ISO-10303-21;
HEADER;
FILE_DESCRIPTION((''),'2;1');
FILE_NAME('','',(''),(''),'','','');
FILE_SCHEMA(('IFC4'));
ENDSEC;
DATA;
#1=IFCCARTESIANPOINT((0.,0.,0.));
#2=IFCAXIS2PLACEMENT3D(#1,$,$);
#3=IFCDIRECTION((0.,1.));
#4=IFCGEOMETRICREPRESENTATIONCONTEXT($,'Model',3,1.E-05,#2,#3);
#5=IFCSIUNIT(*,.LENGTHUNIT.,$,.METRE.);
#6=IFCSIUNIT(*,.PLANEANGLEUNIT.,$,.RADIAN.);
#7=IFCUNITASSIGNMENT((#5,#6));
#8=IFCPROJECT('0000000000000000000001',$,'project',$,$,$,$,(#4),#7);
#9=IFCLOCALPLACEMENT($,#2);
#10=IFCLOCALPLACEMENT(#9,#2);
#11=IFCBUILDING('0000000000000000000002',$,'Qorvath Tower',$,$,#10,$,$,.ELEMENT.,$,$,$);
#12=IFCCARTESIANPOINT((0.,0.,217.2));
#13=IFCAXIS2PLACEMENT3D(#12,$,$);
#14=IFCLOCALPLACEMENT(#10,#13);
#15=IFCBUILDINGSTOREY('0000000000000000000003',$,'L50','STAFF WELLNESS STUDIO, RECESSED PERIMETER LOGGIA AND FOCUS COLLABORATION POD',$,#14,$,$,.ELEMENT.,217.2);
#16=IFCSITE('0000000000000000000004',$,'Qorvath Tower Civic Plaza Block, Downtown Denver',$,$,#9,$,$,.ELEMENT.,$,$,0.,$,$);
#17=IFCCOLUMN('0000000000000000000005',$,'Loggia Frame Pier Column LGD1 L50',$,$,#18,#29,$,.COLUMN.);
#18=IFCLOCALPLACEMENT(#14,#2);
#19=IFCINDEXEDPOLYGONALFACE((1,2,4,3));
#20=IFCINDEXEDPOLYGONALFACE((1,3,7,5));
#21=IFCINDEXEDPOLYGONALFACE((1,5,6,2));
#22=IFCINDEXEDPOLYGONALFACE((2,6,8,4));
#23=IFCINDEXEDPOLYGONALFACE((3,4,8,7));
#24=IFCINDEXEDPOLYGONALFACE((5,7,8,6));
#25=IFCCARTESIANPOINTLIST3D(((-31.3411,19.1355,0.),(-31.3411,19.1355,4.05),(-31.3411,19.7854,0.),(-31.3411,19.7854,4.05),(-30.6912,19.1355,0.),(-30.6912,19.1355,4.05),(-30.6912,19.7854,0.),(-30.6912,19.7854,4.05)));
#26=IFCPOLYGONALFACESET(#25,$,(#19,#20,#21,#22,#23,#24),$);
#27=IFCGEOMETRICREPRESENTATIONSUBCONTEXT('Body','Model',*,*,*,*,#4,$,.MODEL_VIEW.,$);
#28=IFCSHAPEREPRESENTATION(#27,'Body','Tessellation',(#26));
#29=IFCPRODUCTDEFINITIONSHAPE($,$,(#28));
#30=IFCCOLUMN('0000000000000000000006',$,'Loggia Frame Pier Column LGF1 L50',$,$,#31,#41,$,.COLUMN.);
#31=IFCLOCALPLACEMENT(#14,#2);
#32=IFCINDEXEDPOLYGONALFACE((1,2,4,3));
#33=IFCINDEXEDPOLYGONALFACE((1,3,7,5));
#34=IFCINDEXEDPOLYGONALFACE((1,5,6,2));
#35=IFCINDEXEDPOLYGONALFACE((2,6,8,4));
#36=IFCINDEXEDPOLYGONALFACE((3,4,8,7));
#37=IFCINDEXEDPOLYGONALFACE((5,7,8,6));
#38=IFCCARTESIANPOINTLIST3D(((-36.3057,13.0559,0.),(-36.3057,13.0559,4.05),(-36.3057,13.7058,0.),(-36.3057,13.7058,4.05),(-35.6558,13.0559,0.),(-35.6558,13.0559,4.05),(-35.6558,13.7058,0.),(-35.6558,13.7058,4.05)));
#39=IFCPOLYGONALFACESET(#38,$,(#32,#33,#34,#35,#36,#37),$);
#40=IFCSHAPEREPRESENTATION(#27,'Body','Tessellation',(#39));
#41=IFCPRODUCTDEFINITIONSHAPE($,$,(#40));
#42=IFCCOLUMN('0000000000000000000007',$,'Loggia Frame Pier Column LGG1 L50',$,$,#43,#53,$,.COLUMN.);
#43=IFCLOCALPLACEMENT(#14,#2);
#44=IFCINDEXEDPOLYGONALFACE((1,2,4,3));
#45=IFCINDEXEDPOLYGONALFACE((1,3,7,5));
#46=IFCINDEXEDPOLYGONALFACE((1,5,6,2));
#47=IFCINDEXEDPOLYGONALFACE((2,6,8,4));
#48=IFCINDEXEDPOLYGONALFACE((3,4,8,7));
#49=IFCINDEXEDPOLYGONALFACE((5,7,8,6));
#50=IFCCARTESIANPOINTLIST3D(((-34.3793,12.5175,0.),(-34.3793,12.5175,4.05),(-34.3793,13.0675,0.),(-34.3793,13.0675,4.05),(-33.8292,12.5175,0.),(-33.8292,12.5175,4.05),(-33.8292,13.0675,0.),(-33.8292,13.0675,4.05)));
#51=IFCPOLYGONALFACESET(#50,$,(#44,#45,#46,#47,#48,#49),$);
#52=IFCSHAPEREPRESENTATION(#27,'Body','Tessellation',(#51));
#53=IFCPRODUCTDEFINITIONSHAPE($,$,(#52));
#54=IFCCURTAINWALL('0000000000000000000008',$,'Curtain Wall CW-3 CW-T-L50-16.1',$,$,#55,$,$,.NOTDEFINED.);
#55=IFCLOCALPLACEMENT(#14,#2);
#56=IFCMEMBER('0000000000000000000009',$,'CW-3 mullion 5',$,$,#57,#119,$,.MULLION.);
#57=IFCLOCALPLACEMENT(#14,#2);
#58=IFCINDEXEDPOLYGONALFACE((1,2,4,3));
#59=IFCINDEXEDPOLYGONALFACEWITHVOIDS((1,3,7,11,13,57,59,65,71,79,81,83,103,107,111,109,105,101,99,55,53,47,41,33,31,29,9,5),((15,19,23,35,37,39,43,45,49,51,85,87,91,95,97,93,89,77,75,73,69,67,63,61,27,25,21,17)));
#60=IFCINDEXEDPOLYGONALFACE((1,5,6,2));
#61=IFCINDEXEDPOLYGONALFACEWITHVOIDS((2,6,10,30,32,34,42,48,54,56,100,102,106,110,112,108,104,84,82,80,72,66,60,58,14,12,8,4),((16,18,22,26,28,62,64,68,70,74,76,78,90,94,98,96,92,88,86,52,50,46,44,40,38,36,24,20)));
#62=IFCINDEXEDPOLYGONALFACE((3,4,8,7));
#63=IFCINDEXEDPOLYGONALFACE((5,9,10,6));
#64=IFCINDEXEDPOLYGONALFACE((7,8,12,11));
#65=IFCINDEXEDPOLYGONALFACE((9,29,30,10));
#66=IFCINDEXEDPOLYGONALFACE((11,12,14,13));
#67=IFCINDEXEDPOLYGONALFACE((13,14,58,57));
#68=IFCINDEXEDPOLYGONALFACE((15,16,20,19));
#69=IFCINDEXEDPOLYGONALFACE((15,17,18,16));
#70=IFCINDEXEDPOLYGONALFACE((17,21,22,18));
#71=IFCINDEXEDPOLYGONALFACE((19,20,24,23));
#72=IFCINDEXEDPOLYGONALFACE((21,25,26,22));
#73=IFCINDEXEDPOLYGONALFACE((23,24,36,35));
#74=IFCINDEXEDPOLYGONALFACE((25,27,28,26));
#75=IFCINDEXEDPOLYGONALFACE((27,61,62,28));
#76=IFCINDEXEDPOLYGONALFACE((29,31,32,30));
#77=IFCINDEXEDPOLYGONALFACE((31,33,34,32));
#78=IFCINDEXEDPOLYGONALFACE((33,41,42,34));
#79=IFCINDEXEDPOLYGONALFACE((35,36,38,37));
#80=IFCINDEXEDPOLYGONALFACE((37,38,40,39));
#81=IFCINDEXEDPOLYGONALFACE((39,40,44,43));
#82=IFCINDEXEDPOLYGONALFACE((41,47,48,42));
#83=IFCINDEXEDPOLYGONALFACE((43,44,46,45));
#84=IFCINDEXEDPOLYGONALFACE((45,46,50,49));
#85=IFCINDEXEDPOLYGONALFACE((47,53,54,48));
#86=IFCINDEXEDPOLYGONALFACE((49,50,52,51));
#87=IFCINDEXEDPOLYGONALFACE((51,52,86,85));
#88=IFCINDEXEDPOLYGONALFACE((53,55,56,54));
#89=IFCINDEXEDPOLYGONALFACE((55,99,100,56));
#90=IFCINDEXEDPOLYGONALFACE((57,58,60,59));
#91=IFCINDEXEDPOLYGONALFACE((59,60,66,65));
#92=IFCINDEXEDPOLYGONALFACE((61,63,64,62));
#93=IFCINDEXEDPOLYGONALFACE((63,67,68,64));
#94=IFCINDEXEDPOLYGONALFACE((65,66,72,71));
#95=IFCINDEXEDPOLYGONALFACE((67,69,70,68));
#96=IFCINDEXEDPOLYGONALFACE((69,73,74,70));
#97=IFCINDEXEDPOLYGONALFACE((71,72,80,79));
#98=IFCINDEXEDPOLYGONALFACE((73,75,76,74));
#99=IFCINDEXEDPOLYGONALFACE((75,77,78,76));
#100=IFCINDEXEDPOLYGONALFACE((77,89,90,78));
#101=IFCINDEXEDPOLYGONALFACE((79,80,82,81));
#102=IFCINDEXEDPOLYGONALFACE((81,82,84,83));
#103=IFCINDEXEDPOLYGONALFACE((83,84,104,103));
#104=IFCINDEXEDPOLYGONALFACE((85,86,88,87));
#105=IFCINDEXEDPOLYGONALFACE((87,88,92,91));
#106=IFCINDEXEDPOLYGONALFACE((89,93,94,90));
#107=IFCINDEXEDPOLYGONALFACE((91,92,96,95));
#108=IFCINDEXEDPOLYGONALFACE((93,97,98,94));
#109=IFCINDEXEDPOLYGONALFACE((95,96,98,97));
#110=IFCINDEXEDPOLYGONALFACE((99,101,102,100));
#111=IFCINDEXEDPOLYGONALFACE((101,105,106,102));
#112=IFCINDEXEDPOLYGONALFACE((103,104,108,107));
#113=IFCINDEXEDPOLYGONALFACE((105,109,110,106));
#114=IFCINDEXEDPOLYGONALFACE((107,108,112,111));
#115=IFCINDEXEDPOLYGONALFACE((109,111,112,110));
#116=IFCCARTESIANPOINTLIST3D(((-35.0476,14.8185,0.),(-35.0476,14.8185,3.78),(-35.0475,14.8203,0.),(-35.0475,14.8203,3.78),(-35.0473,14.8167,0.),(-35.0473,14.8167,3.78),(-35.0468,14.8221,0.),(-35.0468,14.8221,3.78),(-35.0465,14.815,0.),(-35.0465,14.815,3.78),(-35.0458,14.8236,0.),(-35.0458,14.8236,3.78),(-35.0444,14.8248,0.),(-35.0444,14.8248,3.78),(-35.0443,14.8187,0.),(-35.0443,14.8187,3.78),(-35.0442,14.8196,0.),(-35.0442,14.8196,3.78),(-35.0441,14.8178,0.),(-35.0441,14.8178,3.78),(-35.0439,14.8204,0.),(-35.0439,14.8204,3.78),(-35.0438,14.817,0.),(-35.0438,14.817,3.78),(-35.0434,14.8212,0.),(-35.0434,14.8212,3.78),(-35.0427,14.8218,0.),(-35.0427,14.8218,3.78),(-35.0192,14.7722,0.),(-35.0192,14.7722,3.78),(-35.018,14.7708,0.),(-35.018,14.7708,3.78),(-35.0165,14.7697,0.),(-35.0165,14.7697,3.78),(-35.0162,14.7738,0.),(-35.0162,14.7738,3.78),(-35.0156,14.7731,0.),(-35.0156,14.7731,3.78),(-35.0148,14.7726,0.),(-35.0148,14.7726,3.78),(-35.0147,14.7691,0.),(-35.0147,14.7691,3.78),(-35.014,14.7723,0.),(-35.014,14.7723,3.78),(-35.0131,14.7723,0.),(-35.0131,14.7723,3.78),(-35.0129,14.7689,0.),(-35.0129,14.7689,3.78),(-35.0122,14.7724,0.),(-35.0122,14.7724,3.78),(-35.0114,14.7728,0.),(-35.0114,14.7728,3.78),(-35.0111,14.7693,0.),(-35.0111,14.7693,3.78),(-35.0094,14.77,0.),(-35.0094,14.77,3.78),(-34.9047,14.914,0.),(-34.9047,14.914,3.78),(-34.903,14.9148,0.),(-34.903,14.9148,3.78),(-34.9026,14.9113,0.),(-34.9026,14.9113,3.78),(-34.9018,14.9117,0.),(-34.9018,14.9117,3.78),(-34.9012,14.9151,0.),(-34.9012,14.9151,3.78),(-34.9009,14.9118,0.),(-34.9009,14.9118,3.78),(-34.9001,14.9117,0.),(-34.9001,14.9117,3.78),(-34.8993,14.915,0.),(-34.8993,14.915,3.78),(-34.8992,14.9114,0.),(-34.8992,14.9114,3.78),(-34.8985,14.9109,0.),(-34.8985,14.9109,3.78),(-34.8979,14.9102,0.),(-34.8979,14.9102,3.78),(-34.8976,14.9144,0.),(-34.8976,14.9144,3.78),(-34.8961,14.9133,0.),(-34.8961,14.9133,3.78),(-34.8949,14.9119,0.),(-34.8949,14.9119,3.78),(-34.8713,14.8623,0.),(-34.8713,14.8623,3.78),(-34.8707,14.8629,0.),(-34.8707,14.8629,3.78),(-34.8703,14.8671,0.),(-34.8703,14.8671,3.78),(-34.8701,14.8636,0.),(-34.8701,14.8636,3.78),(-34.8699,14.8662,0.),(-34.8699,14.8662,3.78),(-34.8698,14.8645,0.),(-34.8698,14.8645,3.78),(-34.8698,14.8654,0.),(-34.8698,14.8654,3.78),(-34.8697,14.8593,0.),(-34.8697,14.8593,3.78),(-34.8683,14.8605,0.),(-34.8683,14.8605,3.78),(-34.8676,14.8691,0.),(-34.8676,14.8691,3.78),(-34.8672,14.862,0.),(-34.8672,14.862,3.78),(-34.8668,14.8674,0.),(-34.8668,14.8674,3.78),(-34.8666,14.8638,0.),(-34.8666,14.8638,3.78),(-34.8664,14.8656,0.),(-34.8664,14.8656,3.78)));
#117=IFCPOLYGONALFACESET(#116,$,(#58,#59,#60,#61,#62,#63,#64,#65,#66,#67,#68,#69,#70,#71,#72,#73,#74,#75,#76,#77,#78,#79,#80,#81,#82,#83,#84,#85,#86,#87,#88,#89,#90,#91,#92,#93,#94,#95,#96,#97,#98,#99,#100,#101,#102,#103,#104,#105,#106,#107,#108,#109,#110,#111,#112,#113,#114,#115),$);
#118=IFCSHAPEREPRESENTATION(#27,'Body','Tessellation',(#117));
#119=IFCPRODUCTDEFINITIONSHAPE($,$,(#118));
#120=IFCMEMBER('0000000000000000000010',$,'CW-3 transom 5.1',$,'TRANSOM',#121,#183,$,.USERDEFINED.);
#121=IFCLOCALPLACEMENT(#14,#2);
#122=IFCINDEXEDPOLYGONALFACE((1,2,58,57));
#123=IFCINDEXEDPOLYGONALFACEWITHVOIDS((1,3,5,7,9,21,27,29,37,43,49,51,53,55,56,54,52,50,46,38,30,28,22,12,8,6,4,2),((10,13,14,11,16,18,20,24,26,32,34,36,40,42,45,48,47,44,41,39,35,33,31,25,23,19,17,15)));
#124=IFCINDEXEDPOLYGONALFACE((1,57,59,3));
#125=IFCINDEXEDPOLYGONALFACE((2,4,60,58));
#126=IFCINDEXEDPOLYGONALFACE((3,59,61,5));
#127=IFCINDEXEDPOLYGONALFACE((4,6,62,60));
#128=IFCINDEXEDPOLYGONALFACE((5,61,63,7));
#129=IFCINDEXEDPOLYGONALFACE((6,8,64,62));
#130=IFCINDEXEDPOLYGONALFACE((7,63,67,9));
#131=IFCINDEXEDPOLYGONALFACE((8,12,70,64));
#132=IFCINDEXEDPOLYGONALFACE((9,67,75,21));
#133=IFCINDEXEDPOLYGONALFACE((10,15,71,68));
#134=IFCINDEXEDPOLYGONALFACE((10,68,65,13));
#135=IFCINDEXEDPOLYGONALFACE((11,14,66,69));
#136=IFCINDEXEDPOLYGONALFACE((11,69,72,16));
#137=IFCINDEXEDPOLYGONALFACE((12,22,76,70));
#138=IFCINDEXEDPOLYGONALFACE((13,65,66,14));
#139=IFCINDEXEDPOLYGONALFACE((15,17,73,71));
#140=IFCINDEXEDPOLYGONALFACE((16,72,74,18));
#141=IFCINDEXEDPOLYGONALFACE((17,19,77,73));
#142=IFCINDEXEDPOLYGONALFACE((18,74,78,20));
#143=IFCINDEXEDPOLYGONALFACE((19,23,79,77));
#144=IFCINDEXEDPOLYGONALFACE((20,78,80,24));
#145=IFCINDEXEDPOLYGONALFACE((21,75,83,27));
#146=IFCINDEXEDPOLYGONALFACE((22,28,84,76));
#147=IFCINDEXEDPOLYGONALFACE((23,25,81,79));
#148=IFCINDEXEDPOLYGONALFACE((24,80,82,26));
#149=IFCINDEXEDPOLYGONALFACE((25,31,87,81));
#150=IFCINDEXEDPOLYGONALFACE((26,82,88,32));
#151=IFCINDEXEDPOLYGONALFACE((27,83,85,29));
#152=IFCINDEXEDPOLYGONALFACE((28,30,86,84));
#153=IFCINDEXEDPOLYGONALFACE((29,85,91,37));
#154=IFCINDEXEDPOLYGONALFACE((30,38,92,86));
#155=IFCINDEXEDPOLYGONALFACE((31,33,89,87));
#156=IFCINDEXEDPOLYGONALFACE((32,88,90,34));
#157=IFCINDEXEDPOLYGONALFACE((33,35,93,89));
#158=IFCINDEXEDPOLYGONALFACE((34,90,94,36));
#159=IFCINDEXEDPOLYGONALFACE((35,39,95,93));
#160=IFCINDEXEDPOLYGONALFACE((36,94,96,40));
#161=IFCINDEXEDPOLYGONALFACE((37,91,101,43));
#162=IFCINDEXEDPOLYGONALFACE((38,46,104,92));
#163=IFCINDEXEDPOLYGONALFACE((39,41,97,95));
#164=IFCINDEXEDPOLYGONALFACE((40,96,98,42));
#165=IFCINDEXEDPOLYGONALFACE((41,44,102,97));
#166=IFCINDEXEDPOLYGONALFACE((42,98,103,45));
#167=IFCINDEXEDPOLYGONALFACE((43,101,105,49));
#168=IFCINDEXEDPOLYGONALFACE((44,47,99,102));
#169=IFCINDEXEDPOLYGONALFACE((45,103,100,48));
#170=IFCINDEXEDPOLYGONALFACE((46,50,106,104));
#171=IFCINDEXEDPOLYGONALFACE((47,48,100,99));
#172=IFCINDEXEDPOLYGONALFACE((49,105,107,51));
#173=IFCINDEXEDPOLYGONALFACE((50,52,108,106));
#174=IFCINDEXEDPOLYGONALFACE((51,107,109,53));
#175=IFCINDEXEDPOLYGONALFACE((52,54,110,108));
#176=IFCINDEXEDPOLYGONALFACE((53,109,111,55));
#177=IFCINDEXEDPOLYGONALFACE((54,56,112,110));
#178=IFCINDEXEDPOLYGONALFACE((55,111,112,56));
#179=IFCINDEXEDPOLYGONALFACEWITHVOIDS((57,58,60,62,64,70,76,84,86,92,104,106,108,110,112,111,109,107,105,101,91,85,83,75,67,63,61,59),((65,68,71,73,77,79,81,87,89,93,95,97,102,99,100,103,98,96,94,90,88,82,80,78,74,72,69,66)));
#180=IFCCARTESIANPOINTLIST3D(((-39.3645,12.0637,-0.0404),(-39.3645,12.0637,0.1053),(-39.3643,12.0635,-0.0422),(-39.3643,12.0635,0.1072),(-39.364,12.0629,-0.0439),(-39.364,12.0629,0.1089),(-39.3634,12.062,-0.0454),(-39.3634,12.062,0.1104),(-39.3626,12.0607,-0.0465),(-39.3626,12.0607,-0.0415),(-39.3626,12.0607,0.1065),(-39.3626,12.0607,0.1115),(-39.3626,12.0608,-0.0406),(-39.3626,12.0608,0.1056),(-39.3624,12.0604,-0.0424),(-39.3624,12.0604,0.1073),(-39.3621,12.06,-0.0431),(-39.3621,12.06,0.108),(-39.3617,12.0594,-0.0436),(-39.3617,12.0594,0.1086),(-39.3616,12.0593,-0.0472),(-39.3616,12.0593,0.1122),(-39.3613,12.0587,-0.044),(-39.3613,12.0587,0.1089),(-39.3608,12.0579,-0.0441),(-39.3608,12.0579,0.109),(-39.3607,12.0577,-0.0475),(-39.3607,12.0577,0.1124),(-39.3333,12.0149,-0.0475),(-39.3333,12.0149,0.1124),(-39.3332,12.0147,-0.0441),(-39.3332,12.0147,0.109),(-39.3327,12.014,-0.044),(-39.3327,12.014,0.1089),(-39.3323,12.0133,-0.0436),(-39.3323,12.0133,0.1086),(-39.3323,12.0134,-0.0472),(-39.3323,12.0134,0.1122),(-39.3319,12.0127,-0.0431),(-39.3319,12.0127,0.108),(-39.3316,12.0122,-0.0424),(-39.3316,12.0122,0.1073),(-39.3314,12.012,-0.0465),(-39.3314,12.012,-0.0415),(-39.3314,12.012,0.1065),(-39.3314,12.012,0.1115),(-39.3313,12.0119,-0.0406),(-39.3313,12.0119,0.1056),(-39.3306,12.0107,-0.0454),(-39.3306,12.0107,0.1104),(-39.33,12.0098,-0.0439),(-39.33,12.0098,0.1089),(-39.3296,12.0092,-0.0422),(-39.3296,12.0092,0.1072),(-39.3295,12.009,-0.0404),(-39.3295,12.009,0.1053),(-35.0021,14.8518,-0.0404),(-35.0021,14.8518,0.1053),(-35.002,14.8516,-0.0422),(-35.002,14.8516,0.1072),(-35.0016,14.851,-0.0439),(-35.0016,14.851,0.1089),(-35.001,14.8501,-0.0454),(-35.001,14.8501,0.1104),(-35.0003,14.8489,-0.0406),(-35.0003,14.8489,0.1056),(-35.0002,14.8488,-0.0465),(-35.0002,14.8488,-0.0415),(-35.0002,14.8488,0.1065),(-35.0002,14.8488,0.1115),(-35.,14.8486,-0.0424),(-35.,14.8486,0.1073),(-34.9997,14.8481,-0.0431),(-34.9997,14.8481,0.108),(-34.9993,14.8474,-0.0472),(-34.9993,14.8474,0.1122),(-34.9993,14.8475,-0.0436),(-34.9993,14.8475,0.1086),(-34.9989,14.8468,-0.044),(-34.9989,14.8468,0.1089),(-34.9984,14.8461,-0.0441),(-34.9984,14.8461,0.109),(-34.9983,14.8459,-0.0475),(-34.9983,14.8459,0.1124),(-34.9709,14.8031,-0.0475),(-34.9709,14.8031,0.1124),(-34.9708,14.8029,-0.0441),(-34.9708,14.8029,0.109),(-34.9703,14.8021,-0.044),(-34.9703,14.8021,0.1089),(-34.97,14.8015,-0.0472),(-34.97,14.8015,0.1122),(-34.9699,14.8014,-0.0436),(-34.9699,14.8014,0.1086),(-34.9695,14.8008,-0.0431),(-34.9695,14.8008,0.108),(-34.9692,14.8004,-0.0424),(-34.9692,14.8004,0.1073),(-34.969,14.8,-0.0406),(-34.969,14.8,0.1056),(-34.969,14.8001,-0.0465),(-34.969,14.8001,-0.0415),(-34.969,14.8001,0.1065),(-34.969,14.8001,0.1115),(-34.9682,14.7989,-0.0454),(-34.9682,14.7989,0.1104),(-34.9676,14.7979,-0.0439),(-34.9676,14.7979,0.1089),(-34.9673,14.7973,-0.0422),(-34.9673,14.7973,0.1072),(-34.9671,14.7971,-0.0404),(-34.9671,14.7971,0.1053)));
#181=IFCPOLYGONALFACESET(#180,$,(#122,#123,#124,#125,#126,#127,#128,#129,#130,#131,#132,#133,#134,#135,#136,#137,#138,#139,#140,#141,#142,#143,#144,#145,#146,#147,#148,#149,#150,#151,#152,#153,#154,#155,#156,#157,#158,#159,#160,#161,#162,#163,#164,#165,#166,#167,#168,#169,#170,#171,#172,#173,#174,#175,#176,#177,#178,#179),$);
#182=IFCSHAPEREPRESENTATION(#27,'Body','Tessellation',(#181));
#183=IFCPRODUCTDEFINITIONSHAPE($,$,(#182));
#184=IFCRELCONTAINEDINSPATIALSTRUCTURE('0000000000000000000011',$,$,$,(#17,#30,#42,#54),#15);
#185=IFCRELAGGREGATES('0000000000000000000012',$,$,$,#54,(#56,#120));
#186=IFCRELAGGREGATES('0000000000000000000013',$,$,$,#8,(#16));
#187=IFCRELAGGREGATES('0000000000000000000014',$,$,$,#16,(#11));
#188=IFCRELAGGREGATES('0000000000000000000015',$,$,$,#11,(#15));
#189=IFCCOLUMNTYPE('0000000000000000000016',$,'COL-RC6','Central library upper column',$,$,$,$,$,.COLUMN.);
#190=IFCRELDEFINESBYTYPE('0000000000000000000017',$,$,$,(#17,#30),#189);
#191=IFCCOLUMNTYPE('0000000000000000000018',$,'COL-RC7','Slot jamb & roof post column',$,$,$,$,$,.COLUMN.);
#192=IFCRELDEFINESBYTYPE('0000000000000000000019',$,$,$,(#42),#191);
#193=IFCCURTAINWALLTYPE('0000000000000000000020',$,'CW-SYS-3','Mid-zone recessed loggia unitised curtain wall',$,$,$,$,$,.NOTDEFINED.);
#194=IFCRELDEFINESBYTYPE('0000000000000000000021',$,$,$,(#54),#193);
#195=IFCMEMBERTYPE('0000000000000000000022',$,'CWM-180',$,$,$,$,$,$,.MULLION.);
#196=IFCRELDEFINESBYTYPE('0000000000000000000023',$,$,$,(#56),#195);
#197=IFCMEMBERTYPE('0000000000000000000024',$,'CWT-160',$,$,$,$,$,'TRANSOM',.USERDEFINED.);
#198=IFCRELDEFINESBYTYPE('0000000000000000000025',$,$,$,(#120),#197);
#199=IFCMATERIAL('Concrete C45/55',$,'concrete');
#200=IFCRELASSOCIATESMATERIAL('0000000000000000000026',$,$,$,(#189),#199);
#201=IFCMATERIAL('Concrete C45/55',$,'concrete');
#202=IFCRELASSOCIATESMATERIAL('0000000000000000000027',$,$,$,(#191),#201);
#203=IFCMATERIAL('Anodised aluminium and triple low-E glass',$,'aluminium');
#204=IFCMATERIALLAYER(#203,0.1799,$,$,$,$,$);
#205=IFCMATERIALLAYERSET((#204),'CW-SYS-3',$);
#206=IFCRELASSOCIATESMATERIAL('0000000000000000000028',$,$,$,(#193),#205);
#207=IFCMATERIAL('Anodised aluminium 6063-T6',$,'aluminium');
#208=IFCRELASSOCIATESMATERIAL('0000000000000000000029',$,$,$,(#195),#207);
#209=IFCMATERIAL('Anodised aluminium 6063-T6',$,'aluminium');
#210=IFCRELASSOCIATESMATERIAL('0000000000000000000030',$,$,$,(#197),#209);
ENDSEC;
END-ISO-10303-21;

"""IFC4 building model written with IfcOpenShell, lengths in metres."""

from ifc_helpers import new_model, si_unit, direction, frame, origin, origin_2d, place, context, subcontext, project, spatial, rectangle, hollow_rectangle, extrude, material, layer, layer_set, material_profile, profile_set, type_object, element, aggregate, save


model = new_model("IFC4")

# Units and contexts
model_context = context("Model", 3, precision=1e-05, world=origin(), true_north=direction((0.0, 1.0)))
body_context = subcontext(model_context, "Body", "Model", "MODEL_VIEW")
ifc_project = project(units=[si_unit("LENGTHUNIT", "METRE"), si_unit("PLANEANGLEUNIT", "RADIAN")], contexts=[model_context])

# Site, building, storey
site_placement = place(None, origin())
site = spatial("IfcSite", under=ifc_project, at=site_placement, Name="Qorvath Tower Civic Plaza Block, Downtown Denver", CompositionType="ELEMENT", RefElevation=0.0)
building_placement = place(site_placement, origin())
building = spatial("IfcBuilding", under=site, at=building_placement, Name="Qorvath Tower", CompositionType="ELEMENT")
storey_placement = place(building_placement, frame((0.0, 0.0, 217.2)))
storey = spatial("IfcBuildingStorey", under=building, at=storey_placement, Name="L50", Description="STAFF WELLNESS STUDIO, RECESSED PERIMETER LOGGIA AND FOCUS COLLABORATION POD", CompositionType="ELEMENT", Elevation=217.2)

# Columns
ifc_material_1 = material(Name="Concrete C45/55", Category="concrete")
ifc_material_profile_1 = material_profile(ifc_material_1, rectangle(XDim=0.6499, YDim=0.6499, at=origin_2d()), Name="RC 650x650")
ifc_profile_set_1 = profile_set([ifc_material_profile_1], Name="Concrete C45/55")
column_type_1 = type_object("IfcColumnType", Name="COL-RC6", Description="Central library upper column", PredefinedType="COLUMN", material=ifc_profile_set_1)
for number, where, z_axis, x_axis, name in (
    (1, (-31.0161, 19.4604, 0.0), (0.0, 0.0, 1.0), (1.0, 0.0, 0.0), "Loggia Frame Pier Column LGD1 L50"),
    (2, (-35.9807, 13.3809, 0.0), (0.0, 0.0, 1.0), (1.0, 0.0, 0.0), "Loggia Frame Pier Column LGF1 L50"),
):
    element("IfcColumn", number, at=place(storey_placement, frame(where, z_axis=z_axis, x_axis=x_axis)), inside=storey, type_object=column_type_1, Name=name, PredefinedType="COLUMN", context=body_context, shape_type="SweptSolid", body=[
        extrude(rectangle(XDim=0.6499, YDim=0.6499, at=origin_2d()), origin(), (0.0, 0.0, 1.0), 4.05),
    ])
ifc_material_2 = material(Name="Concrete C45/55", Category="concrete")
ifc_material_profile_2 = material_profile(ifc_material_2, rectangle(XDim=0.55, YDim=0.55, at=origin_2d()), Name="RC 550x550")
ifc_profile_set_2 = profile_set([ifc_material_profile_2], Name="Concrete C45/55")
column_type_2 = type_object("IfcColumnType", Name="COL-RC7", Description="Slot jamb & roof post column", PredefinedType="COLUMN", material=ifc_profile_set_2)
column_placement = place(storey_placement, frame((-34.1042, 12.7925, 0.0), z_axis=(0.0, 0.0, 1.0), x_axis=(1.0, 0.0, 0.0)))
element("IfcColumn", 3, at=column_placement, inside=storey, type_object=column_type_2, Name="Loggia Frame Pier Column LGG1 L50", PredefinedType="COLUMN", context=body_context, shape_type="SweptSolid", body=[
    extrude(rectangle(XDim=0.55, YDim=0.55, at=origin_2d()), origin(), (0.0, 0.0, 1.0), 4.05),
])

# Curtain wall, members
ifc_material_3 = material(Name="Anodised aluminium and triple low-E glass", Category="aluminium")
ifc_layer_1 = layer(ifc_material_3, 0.1799)
ifc_layer_set_1 = layer_set([ifc_layer_1], Name="CW-SYS-3")
curtain_wall_type = type_object("IfcCurtainWallType", Name="CW-SYS-3", Description="Mid-zone recessed loggia unitised curtain wall", PredefinedType="NOTDEFINED", material=ifc_layer_set_1)
curtain_wall_placement = place(storey_placement, origin())
curtain_wall = element("IfcCurtainWall", 4, at=curtain_wall_placement, inside=storey, type_object=curtain_wall_type, Name="Curtain Wall CW-3 CW-T-L50-16.1", PredefinedType="NOTDEFINED")
ifc_material_4 = material(Name="Anodised aluminium 6063-T6", Category="aluminium")
ifc_material_profile_3 = material_profile(ifc_material_4, hollow_rectangle(XDim=0.0649, YDim=0.1799, WallThickness=0.0034, InnerFilletRadius=0.0034, OuterFilletRadius=0.0071, at=origin_2d()), Name="CWM 180x65")
ifc_profile_set_3 = profile_set([ifc_material_profile_3], Name="Anodised aluminium 6063-T6")
member_type_1 = type_object("IfcMemberType", Name="CWM-180", PredefinedType="MULLION", material=ifc_profile_set_3)
member_1_placement = place(storey_placement, frame((-34.957, 14.842, 0.0), z_axis=(0.0, 0.0, 1.0), x_axis=(0.538535, -0.842603, 0.0)))
member_1 = element("IfcMember", 5, at=member_1_placement, type_object=member_type_1, Name="CW-3 mullion 5", PredefinedType="MULLION", context=body_context, shape_type="SweptSolid", body=[
    extrude(hollow_rectangle(XDim=0.0649, YDim=0.1799, WallThickness=0.0034, InnerFilletRadius=0.0034, OuterFilletRadius=0.0071, at=origin_2d()), origin(), (0.0, 0.0, 1.0), 3.78),
])
ifc_material_5 = material(Name="Anodised aluminium 6063-T6", Category="aluminium")
ifc_material_profile_4 = material_profile(ifc_material_5, hollow_rectangle(XDim=0.0649, YDim=0.1599, WallThickness=0.0034, InnerFilletRadius=0.0034, OuterFilletRadius=0.0071, at=origin_2d()), Name="CWT 160x65")
ifc_profile_set_4 = profile_set([ifc_material_profile_4], Name="Anodised aluminium 6063-T6")
member_type_2 = type_object("IfcMemberType", Name="CWT-160", ElementType="TRANSOM", PredefinedType="USERDEFINED", material=ifc_profile_set_4)
member_2_placement = place(storey_placement, frame((-34.9846, 14.8245, 0.0325), z_axis=(-0.842604, -0.538534, 0.0), x_axis=(0.538534, -0.842604, 0.0)))
member_2 = element("IfcMember", 6, at=member_2_placement, type_object=member_type_2, Name="CW-3 transom 5.1", ObjectType="TRANSOM", PredefinedType="USERDEFINED", context=body_context, shape_type="SweptSolid", body=[
    extrude(hollow_rectangle(XDim=0.0649, YDim=0.1599, WallThickness=0.0034, InnerFilletRadius=0.0034, OuterFilletRadius=0.0071, at=origin_2d()), origin(), (0.0, 0.0, 1.0), 5.1772),
])
aggregate(curtain_wall, [member_1, member_2])

save(model, "model.ifc")
